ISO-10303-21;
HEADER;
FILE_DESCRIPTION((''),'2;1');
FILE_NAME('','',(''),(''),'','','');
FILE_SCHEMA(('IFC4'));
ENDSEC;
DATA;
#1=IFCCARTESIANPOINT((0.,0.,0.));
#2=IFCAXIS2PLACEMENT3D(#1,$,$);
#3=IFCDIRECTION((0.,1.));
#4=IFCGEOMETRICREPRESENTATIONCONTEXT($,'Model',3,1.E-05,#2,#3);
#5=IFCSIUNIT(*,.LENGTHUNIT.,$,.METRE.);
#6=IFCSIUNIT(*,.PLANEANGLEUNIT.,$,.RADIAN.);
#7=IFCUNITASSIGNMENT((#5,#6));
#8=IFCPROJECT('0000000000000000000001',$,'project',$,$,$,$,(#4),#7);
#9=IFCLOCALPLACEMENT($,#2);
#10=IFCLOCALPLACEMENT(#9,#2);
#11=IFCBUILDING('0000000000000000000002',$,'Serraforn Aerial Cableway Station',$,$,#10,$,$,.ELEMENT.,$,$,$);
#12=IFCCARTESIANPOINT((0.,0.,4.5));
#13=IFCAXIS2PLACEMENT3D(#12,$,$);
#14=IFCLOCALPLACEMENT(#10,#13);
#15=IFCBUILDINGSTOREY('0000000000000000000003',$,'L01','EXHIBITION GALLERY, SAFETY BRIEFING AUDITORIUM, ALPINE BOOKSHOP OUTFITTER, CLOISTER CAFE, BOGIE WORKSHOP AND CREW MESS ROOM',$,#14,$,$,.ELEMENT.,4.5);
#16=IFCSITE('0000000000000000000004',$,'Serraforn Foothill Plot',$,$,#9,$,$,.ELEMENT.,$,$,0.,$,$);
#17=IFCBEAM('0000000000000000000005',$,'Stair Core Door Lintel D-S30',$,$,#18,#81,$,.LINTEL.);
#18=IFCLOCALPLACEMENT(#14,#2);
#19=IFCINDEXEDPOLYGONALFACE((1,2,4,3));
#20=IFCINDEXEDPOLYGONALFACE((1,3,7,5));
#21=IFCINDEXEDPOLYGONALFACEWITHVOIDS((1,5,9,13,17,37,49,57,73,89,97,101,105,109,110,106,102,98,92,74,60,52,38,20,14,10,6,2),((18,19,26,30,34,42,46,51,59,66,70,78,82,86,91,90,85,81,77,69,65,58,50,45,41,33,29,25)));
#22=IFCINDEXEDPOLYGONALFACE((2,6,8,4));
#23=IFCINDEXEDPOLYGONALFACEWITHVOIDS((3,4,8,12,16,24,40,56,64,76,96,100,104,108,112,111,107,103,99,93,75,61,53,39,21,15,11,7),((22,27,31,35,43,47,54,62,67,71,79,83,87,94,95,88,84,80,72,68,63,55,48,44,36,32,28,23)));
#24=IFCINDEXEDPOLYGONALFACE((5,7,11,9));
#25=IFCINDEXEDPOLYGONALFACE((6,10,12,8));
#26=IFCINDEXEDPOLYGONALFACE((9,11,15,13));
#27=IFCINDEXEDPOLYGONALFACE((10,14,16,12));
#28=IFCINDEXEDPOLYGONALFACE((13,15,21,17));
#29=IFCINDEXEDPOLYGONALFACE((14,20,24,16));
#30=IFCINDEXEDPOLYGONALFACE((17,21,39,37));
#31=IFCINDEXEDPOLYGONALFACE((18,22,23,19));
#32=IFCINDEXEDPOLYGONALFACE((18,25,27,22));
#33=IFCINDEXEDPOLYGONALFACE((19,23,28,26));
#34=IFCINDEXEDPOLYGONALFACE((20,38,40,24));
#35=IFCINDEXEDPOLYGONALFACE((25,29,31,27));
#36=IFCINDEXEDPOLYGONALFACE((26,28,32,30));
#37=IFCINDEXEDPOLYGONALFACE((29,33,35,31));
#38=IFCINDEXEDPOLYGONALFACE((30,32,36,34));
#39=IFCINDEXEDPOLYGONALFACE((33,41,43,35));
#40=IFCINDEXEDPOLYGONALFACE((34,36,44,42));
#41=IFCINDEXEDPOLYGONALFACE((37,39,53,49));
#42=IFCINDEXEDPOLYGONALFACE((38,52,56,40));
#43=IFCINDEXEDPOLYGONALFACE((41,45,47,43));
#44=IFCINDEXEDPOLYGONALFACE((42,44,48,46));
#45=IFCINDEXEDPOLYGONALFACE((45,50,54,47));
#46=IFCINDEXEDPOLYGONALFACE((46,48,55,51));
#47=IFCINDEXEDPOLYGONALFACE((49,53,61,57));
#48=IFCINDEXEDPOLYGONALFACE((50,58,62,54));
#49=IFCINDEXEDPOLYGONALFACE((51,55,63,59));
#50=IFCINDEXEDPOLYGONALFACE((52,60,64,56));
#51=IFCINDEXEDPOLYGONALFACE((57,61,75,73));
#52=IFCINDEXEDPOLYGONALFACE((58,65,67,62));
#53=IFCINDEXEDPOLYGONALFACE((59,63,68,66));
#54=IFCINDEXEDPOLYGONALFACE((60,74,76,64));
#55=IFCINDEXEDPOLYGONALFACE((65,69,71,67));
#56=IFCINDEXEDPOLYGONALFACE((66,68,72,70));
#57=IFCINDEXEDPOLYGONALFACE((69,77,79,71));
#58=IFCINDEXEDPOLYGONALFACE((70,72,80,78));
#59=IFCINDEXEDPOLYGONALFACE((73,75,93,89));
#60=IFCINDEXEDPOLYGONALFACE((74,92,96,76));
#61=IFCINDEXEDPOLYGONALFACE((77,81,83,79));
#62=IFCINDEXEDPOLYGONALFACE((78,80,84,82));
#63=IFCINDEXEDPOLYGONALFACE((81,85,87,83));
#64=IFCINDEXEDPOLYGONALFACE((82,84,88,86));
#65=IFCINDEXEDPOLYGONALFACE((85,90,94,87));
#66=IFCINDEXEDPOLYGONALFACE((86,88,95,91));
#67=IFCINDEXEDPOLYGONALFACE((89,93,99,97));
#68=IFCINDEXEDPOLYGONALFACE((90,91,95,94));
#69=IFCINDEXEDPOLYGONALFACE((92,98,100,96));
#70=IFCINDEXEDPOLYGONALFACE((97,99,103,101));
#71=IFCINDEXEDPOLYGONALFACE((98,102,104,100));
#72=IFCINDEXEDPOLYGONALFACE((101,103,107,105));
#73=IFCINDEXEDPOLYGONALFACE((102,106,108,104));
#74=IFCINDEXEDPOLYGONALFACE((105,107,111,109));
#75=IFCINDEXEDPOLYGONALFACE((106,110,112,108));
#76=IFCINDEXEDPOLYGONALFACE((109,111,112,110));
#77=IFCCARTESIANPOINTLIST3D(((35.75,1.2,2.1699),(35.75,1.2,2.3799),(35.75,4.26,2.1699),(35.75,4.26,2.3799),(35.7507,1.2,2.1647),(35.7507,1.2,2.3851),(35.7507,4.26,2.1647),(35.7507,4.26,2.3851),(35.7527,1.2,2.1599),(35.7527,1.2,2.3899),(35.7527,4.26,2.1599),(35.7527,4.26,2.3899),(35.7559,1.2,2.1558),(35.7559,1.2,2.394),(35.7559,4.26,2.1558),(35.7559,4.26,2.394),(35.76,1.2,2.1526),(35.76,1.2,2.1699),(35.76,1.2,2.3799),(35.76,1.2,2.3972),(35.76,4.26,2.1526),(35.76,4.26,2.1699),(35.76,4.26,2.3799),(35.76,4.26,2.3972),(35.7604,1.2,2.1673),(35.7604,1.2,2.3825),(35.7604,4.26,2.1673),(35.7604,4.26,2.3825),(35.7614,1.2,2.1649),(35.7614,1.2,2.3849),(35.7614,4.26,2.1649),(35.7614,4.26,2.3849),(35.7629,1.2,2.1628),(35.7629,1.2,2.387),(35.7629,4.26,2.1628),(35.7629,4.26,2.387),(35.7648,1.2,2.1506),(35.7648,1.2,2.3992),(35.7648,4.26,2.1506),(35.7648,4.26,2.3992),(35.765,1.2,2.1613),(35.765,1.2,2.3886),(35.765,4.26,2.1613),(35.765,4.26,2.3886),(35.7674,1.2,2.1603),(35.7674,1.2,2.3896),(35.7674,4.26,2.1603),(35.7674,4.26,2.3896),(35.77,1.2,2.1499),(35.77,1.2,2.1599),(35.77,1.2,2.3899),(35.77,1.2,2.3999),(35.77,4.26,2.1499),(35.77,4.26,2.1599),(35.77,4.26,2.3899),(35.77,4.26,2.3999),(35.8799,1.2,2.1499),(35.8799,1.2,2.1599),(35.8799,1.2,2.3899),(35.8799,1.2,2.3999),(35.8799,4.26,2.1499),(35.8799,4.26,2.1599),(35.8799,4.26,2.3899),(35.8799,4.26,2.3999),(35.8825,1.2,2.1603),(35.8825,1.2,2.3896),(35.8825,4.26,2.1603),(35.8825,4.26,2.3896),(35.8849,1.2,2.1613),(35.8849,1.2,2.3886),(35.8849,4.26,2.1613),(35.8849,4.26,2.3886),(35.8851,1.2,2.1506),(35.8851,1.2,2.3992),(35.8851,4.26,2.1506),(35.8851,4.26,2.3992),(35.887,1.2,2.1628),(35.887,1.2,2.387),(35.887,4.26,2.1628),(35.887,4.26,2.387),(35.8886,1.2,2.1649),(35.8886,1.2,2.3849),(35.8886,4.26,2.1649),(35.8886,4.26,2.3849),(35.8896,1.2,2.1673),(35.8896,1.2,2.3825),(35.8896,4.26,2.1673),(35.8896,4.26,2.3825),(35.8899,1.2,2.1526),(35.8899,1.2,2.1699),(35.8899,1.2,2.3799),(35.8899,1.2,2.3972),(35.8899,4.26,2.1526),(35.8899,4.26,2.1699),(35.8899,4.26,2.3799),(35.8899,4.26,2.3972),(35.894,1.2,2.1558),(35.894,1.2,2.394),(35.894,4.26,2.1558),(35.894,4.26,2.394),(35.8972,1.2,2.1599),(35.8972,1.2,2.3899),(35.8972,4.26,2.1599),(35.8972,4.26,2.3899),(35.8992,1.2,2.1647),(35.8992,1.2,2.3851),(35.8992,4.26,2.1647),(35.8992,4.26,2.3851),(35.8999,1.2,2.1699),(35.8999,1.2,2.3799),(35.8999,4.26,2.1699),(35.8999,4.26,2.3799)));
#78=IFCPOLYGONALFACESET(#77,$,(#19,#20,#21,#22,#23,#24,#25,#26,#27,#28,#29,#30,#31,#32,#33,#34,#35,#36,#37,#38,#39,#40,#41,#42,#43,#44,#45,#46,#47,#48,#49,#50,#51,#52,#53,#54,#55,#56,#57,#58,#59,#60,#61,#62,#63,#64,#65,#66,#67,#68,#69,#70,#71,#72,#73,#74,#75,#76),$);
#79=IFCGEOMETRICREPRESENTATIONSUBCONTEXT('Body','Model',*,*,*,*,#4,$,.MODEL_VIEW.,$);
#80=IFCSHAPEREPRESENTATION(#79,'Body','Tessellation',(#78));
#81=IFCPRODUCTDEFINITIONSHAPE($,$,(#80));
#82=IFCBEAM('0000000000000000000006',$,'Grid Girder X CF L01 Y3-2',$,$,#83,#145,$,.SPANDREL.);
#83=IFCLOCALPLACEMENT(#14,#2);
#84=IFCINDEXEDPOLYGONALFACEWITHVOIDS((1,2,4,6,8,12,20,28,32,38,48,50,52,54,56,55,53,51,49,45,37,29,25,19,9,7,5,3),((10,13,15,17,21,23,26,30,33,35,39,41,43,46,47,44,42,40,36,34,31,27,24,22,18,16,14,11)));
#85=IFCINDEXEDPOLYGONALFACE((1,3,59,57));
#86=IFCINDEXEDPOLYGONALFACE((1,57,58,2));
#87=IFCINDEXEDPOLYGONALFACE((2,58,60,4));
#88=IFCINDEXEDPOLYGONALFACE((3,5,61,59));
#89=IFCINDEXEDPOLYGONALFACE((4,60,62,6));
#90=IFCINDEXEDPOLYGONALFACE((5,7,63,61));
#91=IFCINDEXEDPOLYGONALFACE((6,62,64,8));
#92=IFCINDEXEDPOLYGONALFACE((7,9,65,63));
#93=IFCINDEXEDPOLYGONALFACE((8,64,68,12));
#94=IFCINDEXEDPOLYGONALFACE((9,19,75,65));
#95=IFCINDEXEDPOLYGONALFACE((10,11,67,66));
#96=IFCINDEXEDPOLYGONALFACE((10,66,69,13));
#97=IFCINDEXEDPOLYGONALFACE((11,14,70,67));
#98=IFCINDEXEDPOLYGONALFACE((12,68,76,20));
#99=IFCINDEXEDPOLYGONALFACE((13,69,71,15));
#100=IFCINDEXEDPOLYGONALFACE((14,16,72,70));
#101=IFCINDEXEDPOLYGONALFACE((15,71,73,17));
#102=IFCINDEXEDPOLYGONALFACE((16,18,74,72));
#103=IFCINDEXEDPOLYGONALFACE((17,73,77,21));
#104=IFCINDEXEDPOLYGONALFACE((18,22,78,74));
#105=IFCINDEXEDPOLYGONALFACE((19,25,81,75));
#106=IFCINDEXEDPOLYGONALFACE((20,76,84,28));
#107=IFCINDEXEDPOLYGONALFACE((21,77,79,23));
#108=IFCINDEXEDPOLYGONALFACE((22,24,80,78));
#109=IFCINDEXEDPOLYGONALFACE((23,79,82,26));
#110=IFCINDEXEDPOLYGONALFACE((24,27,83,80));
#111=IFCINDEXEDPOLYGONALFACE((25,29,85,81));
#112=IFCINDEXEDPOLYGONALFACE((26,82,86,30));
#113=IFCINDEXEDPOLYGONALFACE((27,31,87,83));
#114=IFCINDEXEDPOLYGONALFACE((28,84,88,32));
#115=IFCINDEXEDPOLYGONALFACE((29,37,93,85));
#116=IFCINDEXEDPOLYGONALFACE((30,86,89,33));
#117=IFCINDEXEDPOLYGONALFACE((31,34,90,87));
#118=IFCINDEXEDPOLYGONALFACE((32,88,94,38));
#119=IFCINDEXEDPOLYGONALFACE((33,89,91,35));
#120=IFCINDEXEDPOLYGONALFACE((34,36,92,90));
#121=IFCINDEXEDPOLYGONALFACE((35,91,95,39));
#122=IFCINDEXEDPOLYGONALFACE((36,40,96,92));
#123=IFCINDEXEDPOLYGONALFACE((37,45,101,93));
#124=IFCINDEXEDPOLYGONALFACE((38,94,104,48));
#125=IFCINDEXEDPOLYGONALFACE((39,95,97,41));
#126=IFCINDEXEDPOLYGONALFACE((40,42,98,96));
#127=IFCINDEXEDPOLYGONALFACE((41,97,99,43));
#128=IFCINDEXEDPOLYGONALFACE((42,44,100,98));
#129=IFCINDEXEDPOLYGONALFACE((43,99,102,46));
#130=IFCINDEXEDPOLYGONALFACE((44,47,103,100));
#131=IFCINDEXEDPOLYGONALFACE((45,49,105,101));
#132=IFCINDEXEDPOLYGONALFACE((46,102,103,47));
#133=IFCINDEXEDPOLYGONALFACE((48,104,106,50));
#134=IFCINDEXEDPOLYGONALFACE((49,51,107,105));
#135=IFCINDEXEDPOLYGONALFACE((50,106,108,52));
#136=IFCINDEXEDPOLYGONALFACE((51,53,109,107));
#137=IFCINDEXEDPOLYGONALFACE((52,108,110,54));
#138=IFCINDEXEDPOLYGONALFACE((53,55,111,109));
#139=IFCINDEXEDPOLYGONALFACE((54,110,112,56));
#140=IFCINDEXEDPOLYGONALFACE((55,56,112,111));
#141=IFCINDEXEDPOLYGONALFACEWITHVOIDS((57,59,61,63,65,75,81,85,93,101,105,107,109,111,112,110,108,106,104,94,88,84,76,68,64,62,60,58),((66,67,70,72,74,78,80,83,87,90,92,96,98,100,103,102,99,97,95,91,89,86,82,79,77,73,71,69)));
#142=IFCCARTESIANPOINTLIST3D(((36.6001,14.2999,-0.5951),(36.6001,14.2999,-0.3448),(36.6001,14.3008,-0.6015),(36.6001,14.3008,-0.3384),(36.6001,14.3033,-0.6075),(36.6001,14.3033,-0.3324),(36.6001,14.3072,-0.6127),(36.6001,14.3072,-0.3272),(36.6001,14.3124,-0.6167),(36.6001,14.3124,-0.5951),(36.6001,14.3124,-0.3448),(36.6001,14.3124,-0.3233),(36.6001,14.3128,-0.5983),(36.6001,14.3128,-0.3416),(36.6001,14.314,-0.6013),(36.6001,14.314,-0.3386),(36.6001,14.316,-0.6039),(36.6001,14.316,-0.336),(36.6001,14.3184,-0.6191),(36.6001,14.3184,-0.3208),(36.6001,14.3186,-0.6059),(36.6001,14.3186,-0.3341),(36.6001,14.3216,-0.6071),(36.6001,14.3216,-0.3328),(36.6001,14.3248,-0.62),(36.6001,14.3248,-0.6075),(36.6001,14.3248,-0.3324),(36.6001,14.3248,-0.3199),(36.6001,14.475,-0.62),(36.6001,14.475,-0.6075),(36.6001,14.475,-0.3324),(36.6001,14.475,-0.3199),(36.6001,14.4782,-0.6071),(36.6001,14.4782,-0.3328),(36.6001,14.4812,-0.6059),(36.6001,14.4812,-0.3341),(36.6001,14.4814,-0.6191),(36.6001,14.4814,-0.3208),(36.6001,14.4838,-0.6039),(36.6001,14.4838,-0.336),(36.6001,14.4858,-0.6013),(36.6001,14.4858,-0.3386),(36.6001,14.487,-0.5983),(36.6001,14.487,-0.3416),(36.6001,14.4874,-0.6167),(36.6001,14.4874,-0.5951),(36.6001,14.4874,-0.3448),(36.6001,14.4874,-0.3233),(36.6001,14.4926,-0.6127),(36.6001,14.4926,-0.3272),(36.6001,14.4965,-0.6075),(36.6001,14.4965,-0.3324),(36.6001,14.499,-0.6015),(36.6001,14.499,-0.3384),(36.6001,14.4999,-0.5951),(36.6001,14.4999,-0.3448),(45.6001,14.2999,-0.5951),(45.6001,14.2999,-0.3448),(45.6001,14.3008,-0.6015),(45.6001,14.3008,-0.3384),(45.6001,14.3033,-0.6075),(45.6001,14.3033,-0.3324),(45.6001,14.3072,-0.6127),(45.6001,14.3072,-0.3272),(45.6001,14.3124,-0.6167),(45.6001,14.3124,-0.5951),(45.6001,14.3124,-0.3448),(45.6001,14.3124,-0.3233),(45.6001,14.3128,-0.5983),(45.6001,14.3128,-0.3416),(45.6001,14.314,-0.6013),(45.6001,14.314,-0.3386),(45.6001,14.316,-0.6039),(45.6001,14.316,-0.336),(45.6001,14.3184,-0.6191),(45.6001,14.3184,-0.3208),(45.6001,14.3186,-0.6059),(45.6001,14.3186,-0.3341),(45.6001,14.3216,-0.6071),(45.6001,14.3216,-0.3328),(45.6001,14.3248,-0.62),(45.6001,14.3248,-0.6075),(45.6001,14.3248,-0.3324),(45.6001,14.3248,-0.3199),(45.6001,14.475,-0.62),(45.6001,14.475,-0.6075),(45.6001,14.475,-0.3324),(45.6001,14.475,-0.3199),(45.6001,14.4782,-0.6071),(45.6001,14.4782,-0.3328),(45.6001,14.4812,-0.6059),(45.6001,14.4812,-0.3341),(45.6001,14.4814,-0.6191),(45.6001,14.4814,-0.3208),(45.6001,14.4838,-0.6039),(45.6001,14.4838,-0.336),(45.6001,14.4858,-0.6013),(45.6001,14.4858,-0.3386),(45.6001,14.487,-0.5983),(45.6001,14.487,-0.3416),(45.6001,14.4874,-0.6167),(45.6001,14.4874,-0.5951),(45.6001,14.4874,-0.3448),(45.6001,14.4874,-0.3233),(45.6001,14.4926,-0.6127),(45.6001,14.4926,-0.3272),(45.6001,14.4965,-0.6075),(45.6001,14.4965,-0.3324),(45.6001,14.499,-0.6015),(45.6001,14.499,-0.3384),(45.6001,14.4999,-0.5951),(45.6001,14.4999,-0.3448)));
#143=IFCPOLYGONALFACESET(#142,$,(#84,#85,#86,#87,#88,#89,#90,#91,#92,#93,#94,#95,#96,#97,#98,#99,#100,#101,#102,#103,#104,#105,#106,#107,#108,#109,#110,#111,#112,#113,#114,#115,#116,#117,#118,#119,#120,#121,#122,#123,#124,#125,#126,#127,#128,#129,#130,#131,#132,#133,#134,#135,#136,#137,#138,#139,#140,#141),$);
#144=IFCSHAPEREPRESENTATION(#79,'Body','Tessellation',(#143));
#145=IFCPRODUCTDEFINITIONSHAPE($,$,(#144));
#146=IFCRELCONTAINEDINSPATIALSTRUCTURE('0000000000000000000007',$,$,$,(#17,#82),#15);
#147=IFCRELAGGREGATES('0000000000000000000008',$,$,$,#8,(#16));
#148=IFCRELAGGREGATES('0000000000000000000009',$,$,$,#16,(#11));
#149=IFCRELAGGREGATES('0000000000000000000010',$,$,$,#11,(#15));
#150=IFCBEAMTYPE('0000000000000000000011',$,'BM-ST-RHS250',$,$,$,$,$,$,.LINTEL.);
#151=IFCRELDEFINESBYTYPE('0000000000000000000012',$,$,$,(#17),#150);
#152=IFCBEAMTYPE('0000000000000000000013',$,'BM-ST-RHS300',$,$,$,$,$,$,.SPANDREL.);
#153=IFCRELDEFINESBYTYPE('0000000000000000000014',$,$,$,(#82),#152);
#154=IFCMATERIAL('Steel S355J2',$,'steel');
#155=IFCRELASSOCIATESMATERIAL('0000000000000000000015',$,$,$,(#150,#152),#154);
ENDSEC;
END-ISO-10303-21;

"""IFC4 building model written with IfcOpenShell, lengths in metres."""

from ifc_helpers import new_model, si_unit, direction, frame, origin, origin_2d, place, context, subcontext, project, spatial, hollow_rectangle, extrude, material, material_profile, profile_set, type_object, element, save


model = new_model("IFC4")

# Units and contexts
model_context = context("Model", 3, precision=1e-05, world=origin(), true_north=direction((0.0, 1.0)))
body_context = subcontext(model_context, "Body", "Model", "MODEL_VIEW")
ifc_project = project(units=[si_unit("LENGTHUNIT", "METRE"), si_unit("PLANEANGLEUNIT", "RADIAN")], contexts=[model_context])

# Site, building, storey
site_placement = place(None, origin())
site = spatial("IfcSite", under=ifc_project, at=site_placement, Name="Serraforn Foothill Plot", CompositionType="ELEMENT", RefElevation=0.0)
building_placement = place(site_placement, origin())
building = spatial("IfcBuilding", under=site, at=building_placement, Name="Serraforn Aerial Cableway Station", CompositionType="ELEMENT")
storey_placement = place(building_placement, frame((0.0, 0.0, 4.5)))
storey = spatial("IfcBuildingStorey", under=building, at=storey_placement, Name="L01", Description="EXHIBITION GALLERY, SAFETY BRIEFING AUDITORIUM, ALPINE BOOKSHOP OUTFITTER, CLOISTER CAFE, BOGIE WORKSHOP AND CREW MESS ROOM", CompositionType="ELEMENT", Elevation=4.5)

# Shared definitions
ifc_material_1 = material(Name="Steel S355J2", Category="steel")

# Beams
ifc_material_profile_1 = material_profile(ifc_material_1, hollow_rectangle(XDim=0.1499, YDim=0.25, WallThickness=0.01, InnerFilletRadius=0.01, OuterFilletRadius=0.02, at=origin_2d()), Name="RHS 250x150x10.0")
ifc_profile_set_1 = profile_set([ifc_material_profile_1], Name="Steel S355J2")
beam_type_1 = type_object("IfcBeamType", Name="BM-ST-RHS250", PredefinedType="LINTEL", material=ifc_profile_set_1)
beam_1_placement = place(storey_placement, frame((35.825, 4.26, 2.2749), z_axis=(0.0, -1.0, 0.0), x_axis=(1.0, 0.0, 0.0)))
element("IfcBeam", 1, at=beam_1_placement, inside=storey, type_object=beam_type_1, Name="Stair Core Door Lintel D-S30", PredefinedType="LINTEL", context=body_context, shape_type="SweptSolid", body=[
    extrude(hollow_rectangle(XDim=0.1499, YDim=0.25, WallThickness=0.01, InnerFilletRadius=0.01, OuterFilletRadius=0.02, at=origin_2d()), origin(), (0.0, 0.0, 1.0), 3.0601),
])
ifc_material_profile_2 = material_profile(ifc_material_1, hollow_rectangle(XDim=0.2, YDim=0.3, WallThickness=0.0125, InnerFilletRadius=0.0125, OuterFilletRadius=0.0249, at=origin_2d()), Name="RHS 300x200x12.5")
ifc_profile_set_2 = profile_set([ifc_material_profile_2], Name="Steel S355J2")
beam_type_2 = type_object("IfcBeamType", Name="BM-ST-RHS300", PredefinedType="SPANDREL", material=ifc_profile_set_2)
for number, where, z_axis, x_axis, name in (
    (2, (36.6001, 14.3999, -0.47), (1.0, 0.0, 0.0), (0.0, 1.0, 0.0), "Grid Girder X CF L01 Y3-2"),
):
    element("IfcBeam", number, at=place(storey_placement, frame(where, z_axis=z_axis, x_axis=x_axis)), inside=storey, type_object=beam_type_2, Name=name, PredefinedType="SPANDREL", context=body_context, shape_type="SweptSolid", body=[
        extrude(hollow_rectangle(XDim=0.2, YDim=0.3, WallThickness=0.0125, InnerFilletRadius=0.0125, OuterFilletRadius=0.0249, at=origin_2d()), origin(), (0.0, 0.0, 1.0), 9.0),
    ])

save(model, "model.ifc")
